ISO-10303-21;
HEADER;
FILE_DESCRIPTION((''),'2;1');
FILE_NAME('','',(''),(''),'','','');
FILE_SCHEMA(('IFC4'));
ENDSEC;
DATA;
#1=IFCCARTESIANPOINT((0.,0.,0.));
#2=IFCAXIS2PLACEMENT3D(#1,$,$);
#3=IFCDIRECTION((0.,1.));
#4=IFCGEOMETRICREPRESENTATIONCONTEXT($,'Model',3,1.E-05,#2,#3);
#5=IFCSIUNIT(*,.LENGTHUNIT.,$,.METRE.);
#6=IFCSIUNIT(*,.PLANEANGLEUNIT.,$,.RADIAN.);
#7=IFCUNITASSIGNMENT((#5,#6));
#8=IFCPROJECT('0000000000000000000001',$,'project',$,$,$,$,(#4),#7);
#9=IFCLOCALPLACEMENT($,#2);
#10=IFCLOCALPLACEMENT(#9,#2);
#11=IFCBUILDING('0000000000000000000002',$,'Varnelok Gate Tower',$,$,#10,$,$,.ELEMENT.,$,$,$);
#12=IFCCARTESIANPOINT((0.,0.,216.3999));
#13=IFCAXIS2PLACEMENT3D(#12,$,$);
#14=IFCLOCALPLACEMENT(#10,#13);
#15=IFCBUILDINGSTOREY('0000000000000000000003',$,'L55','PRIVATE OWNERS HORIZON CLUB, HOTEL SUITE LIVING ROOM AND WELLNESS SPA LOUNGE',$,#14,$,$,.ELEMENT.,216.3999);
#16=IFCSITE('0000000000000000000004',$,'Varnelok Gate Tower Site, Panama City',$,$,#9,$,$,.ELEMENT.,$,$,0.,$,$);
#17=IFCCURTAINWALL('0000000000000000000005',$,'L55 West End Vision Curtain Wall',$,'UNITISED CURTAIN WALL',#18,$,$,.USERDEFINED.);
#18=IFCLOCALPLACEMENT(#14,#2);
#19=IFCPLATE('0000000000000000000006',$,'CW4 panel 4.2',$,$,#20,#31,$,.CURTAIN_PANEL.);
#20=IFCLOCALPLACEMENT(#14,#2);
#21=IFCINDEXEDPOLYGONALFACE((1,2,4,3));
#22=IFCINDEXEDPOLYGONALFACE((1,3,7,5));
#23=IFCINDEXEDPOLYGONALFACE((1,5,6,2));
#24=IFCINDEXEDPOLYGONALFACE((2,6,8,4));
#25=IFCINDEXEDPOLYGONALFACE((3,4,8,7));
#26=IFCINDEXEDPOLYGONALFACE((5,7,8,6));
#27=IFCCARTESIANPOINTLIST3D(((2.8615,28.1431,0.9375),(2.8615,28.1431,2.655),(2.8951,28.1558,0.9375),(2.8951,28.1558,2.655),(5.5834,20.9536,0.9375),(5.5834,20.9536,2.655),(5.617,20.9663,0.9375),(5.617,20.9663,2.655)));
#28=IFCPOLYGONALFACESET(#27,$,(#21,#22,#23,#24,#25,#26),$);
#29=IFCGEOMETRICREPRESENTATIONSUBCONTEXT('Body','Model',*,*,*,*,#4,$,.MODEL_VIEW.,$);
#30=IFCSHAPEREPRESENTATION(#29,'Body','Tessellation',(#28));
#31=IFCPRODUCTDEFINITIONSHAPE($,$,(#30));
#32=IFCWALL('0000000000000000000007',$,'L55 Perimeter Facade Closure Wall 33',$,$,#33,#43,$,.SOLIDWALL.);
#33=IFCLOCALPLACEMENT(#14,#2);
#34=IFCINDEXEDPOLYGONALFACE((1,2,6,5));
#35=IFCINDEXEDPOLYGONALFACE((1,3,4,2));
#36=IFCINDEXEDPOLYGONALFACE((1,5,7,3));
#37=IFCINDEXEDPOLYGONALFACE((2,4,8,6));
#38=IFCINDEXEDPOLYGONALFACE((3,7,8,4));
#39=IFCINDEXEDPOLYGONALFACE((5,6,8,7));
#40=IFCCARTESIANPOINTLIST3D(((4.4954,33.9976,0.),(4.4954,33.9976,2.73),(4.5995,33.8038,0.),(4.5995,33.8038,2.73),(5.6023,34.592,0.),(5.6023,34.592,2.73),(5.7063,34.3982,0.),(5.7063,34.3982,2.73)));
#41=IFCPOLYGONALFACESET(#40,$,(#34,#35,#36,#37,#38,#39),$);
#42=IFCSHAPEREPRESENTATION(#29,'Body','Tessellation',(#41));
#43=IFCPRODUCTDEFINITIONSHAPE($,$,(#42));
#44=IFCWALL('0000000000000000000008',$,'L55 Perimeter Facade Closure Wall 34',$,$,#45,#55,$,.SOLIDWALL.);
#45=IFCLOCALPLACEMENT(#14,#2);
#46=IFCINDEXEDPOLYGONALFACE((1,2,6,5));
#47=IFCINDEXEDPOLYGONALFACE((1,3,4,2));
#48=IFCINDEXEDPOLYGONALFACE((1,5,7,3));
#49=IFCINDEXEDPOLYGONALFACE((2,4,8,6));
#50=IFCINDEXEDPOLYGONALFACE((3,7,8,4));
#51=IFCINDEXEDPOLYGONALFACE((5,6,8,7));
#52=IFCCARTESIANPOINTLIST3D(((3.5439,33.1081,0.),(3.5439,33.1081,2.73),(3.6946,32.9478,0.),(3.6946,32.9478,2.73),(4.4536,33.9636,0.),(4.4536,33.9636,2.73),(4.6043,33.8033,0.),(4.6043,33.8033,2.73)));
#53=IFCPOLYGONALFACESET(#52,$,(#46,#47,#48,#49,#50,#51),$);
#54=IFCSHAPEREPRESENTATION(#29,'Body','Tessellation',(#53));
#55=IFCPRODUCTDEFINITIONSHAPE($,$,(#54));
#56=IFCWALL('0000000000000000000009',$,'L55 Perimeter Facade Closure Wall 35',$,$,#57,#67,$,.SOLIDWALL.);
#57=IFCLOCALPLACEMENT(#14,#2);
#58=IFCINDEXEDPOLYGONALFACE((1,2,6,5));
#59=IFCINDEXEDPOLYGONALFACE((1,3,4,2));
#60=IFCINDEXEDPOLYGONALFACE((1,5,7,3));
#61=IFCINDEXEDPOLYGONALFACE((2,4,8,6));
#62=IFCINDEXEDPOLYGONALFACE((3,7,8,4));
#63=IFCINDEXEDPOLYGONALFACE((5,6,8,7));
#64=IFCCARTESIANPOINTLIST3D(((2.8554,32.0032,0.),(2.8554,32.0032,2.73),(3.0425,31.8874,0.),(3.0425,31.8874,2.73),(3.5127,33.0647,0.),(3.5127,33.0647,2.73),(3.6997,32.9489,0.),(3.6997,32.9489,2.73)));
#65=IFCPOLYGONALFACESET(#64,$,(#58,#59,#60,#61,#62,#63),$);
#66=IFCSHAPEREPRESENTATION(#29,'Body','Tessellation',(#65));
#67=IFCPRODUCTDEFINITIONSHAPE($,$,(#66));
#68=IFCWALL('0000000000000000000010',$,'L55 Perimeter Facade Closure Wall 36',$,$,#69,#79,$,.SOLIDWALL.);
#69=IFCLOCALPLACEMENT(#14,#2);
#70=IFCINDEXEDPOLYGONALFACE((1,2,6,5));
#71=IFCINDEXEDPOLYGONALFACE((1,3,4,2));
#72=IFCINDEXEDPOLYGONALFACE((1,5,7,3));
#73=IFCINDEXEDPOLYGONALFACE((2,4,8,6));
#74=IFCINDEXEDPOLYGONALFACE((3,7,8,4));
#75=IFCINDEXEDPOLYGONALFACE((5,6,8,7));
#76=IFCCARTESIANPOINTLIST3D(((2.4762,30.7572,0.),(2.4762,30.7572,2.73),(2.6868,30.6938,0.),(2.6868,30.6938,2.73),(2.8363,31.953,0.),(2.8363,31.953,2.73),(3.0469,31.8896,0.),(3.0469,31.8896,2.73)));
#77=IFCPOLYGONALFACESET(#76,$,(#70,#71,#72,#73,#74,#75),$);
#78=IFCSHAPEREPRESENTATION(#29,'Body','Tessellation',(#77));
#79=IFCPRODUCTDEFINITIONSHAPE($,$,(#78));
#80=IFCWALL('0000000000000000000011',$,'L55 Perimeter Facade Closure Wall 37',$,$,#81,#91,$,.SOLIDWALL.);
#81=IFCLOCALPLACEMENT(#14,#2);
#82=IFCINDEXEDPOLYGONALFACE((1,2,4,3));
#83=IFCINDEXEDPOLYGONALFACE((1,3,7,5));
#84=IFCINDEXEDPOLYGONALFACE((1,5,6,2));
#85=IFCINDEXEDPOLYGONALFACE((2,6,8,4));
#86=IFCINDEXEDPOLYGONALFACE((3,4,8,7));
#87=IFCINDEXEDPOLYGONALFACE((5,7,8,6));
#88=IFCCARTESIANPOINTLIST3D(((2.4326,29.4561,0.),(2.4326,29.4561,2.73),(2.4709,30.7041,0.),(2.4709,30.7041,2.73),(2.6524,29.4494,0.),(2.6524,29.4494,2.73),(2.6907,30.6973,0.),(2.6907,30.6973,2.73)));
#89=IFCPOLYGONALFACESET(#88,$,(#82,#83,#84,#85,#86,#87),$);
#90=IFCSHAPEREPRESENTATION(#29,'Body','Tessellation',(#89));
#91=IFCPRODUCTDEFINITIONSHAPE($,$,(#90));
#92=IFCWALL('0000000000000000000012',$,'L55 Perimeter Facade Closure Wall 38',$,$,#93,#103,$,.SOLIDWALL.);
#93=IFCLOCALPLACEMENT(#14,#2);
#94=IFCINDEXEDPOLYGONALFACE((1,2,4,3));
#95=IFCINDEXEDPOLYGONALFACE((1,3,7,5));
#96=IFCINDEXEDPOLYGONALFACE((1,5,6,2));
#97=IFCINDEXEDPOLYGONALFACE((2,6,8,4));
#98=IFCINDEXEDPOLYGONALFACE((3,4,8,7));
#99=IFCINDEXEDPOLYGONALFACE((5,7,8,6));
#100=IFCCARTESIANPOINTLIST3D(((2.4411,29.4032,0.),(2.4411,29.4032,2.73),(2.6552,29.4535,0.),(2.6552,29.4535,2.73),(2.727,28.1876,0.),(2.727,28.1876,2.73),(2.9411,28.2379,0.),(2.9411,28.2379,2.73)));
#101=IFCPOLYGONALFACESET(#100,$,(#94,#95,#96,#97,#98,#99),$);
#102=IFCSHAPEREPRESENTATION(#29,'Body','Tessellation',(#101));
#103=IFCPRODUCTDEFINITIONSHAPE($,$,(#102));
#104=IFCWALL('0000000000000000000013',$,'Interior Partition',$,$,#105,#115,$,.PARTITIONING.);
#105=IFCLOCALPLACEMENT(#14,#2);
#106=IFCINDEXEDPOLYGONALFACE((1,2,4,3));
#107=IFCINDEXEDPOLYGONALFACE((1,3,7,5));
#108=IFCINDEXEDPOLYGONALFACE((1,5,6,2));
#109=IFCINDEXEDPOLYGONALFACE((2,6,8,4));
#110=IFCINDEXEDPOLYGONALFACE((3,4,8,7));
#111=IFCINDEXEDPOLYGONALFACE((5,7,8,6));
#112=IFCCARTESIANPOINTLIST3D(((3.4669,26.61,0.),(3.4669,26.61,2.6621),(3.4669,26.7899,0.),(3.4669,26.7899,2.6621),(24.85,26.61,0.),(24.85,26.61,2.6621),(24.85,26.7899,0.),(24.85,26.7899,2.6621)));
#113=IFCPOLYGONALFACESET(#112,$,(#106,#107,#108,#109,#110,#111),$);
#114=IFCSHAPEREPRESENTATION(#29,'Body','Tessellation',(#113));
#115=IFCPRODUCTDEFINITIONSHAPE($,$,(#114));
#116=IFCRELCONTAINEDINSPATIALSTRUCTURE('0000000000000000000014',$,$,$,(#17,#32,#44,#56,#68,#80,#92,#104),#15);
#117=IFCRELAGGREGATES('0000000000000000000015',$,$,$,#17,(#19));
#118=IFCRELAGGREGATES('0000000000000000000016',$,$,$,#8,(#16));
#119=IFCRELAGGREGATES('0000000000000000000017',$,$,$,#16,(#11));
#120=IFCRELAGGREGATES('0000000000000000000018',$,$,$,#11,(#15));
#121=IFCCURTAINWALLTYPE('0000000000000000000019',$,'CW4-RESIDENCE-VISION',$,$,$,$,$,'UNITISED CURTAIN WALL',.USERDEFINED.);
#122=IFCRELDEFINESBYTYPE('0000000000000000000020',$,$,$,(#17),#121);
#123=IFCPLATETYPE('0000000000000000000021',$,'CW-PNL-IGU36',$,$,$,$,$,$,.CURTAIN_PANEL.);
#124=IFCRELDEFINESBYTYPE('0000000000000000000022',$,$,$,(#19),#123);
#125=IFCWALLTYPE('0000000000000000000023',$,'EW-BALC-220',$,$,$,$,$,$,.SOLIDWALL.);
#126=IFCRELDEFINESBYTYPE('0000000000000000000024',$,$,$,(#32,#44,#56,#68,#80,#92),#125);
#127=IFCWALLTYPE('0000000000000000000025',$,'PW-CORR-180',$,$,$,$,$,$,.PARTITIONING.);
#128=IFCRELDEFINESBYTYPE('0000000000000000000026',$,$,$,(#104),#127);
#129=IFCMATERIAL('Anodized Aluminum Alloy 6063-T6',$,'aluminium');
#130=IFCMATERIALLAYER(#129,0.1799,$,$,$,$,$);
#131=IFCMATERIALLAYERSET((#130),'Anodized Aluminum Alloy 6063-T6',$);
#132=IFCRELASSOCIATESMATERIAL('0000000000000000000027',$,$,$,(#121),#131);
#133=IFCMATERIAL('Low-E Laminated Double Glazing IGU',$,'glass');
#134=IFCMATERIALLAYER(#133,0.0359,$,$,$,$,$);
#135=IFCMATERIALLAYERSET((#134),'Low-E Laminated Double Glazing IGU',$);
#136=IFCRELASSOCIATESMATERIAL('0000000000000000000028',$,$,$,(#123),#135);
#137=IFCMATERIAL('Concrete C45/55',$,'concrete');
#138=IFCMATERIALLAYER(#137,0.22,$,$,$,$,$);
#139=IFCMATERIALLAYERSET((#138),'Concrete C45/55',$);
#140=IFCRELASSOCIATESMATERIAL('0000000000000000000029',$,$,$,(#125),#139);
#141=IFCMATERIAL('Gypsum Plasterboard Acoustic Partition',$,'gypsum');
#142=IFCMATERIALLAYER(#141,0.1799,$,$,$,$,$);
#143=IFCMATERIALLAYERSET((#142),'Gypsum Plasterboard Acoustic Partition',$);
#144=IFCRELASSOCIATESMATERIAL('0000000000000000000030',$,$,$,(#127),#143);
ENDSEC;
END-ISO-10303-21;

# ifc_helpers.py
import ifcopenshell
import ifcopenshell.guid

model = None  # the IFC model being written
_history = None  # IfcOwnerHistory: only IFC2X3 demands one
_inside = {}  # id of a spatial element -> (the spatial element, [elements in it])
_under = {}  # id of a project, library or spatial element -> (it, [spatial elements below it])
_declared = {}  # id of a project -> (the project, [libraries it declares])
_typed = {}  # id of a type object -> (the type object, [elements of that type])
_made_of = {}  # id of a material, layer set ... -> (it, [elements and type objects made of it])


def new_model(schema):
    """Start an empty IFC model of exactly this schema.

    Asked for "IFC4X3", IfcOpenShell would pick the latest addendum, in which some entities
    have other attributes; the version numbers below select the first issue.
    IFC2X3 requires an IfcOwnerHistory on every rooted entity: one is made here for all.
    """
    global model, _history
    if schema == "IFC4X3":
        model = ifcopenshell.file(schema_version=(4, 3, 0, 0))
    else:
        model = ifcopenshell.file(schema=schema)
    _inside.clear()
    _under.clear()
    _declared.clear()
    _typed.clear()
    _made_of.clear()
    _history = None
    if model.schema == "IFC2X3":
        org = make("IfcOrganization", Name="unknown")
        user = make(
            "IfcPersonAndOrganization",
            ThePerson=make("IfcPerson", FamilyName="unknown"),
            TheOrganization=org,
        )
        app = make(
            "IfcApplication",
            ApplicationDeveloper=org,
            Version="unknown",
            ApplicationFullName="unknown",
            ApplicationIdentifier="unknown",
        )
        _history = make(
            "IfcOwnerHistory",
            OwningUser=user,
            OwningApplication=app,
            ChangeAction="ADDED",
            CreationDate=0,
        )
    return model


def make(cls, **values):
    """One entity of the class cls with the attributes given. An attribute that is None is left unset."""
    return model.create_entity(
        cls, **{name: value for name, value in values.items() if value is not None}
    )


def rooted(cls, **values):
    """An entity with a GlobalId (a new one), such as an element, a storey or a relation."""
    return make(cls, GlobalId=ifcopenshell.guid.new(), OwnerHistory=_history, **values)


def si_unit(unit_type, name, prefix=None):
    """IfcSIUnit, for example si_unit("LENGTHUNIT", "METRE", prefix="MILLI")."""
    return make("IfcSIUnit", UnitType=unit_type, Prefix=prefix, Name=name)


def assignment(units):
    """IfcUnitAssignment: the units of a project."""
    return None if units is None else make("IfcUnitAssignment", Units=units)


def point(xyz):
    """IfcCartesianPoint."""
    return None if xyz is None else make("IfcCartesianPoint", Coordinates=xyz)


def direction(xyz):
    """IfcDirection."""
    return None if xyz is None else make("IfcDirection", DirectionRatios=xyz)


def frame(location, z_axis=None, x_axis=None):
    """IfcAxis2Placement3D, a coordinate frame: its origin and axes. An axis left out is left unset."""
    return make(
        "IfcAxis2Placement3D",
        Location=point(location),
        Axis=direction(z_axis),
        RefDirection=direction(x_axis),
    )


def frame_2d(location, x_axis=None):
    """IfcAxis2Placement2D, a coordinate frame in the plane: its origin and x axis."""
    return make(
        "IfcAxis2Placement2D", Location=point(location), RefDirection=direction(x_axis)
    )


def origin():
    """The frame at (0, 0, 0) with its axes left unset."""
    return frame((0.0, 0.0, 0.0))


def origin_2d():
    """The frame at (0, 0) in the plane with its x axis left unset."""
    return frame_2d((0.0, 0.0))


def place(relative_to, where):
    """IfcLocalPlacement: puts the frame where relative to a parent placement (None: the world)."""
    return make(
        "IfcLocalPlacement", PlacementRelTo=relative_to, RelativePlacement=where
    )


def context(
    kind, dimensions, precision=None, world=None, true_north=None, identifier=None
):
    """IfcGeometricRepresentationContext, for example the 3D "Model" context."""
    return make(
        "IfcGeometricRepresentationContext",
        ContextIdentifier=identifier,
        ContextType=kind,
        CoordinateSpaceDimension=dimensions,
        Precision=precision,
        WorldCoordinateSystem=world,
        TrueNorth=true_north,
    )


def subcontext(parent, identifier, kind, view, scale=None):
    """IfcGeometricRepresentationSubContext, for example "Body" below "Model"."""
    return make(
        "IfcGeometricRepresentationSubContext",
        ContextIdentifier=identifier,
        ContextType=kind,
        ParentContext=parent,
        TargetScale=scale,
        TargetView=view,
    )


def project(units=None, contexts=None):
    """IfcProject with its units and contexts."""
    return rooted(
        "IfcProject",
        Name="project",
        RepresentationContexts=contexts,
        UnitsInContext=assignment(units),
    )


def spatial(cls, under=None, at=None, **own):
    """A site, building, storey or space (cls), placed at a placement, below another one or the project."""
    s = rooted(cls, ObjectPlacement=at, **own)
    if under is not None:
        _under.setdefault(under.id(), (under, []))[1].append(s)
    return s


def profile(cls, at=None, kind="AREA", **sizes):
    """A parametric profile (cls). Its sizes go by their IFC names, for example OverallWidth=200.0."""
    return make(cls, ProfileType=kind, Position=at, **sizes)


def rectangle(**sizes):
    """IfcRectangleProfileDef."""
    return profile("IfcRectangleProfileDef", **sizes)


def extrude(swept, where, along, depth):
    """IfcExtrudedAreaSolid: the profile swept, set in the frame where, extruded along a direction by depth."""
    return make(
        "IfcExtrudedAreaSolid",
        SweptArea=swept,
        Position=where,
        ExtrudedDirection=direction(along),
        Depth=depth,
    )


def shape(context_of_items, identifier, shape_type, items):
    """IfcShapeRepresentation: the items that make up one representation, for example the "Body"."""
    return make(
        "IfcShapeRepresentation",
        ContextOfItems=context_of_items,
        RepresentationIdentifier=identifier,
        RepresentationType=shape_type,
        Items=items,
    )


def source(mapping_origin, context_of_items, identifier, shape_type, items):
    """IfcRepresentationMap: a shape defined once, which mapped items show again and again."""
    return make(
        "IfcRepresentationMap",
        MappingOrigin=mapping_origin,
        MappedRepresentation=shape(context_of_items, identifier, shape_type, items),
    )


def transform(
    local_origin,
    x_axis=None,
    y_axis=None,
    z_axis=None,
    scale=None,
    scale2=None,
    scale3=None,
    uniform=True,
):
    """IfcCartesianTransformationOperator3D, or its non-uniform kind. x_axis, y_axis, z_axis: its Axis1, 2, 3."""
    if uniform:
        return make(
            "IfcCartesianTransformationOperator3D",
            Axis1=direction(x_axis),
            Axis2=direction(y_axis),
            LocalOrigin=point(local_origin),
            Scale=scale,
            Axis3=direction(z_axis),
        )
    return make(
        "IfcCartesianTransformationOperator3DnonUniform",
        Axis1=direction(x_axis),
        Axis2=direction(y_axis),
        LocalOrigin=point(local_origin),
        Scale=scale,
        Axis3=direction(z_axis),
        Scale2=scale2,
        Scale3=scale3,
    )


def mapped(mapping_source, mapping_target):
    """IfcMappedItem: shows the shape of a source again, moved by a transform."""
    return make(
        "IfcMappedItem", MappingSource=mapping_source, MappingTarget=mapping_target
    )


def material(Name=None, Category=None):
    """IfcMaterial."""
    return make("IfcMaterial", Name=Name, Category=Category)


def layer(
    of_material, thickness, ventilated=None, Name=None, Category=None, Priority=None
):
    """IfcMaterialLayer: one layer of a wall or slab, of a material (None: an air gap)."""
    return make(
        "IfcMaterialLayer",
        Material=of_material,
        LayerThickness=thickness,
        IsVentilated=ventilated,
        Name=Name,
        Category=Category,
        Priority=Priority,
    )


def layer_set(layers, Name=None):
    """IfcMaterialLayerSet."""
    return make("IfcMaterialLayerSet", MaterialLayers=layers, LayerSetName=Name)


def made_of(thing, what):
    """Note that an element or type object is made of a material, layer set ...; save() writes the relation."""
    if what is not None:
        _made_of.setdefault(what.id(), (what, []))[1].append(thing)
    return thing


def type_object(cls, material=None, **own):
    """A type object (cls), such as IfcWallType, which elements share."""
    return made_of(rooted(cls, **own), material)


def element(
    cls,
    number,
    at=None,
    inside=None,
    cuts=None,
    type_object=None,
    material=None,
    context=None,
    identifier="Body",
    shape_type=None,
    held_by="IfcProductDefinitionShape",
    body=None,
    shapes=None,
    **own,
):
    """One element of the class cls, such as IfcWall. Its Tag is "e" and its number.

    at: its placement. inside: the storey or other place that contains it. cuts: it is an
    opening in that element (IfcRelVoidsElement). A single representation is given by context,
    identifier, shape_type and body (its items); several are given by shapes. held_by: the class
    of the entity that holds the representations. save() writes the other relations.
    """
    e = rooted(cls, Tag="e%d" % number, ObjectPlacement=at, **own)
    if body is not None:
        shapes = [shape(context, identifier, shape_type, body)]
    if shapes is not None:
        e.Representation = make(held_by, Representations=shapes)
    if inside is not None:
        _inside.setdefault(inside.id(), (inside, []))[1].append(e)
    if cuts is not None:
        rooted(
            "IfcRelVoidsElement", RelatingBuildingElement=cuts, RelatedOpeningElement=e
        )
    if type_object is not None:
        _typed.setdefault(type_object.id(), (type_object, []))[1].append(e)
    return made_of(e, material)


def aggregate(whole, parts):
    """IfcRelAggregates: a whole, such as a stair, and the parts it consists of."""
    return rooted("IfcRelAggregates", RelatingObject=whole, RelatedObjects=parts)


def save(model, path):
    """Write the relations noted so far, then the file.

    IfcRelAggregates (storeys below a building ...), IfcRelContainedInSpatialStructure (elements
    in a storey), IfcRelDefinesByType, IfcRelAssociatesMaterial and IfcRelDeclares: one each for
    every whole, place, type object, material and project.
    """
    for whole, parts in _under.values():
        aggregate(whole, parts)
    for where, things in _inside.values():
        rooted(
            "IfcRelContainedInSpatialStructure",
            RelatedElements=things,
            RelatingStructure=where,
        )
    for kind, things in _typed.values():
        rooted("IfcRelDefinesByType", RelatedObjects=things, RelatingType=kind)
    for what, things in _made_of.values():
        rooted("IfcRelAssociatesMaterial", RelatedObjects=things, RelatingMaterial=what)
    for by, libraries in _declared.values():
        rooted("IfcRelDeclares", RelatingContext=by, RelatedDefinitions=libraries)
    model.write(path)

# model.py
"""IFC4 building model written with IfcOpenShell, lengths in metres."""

from ifc_helpers import new_model, si_unit, direction, frame, frame_2d, origin, origin_2d, place, context, subcontext, project, spatial, rectangle, extrude, source, transform, mapped, material, layer, layer_set, type_object, element, aggregate, save


model = new_model("IFC4")

# Units and contexts
model_context = context("Model", 3, precision=1e-05, world=origin(), true_north=direction((0.0, 1.0)))
body_context = subcontext(model_context, "Body", "Model", "MODEL_VIEW")
ifc_project = project(units=[si_unit("LENGTHUNIT", "METRE"), si_unit("PLANEANGLEUNIT", "RADIAN")], contexts=[model_context])

# Site, building, storey
site_placement = place(None, origin())
site = spatial("IfcSite", under=ifc_project, at=site_placement, Name="Varnelok Gate Tower Site, Panama City", CompositionType="ELEMENT", RefElevation=0.0)
building_placement = place(site_placement, origin())
building = spatial("IfcBuilding", under=site, at=building_placement, Name="Varnelok Gate Tower", CompositionType="ELEMENT")
storey_placement = place(building_placement, frame((0.0, 0.0, 216.3999)))
storey = spatial("IfcBuildingStorey", under=building, at=storey_placement, Name="L55", Description="PRIVATE OWNERS HORIZON CLUB, HOTEL SUITE LIVING ROOM AND WELLNESS SPA LOUNGE", CompositionType="ELEMENT", Elevation=216.3999)

# Curtain wall, plate
ifc_material_1 = material(Name="Anodized Aluminum Alloy 6063-T6", Category="aluminium")
ifc_layer_1 = layer(ifc_material_1, 0.1799)
ifc_layer_set_1 = layer_set([ifc_layer_1], Name="Anodized Aluminum Alloy 6063-T6")
curtain_wall_type = type_object("IfcCurtainWallType", Name="CW4-RESIDENCE-VISION", ElementType="UNITISED CURTAIN WALL", PredefinedType="USERDEFINED", material=ifc_layer_set_1)
curtain_wall_placement = place(storey_placement, origin())
curtain_wall = element("IfcCurtainWall", 1, at=curtain_wall_placement, inside=storey, type_object=curtain_wall_type, Name="L55 West End Vision Curtain Wall", ObjectType="UNITISED CURTAIN WALL", PredefinedType="USERDEFINED")
ifc_material_2 = material(Name="Low-E Laminated Double Glazing IGU", Category="glass")
ifc_layer_2 = layer(ifc_material_2, 0.0359)
ifc_layer_set_2 = layer_set([ifc_layer_2], Name="Low-E Laminated Double Glazing IGU")
plate_type = type_object("IfcPlateType", Name="CW-PNL-IGU36", PredefinedType="CURTAIN_PANEL", material=ifc_layer_set_2)
shared_shape_1 = source(origin(), body_context, "Body", "SweptSolid", [
    extrude(rectangle(XDim=7.6875, YDim=0.0359, at=origin_2d()), origin(), (0.0, 0.0, 1.0), 1.7175),
])
plate_1_placement = place(storey_placement, frame((4.2393, 24.5547, 0.9375), z_axis=(0.0, 0.0, 1.0), x_axis=(-0.354063, 0.935222, 0.0)))
plate_1 = element("IfcPlate", 2, at=plate_1_placement, type_object=plate_type, Name="CW4 panel 4.2", PredefinedType="CURTAIN_PANEL", context=body_context, shape_type="MappedRepresentation", body=[
    mapped(shared_shape_1, transform((0.0, 0.0, 0.0), scale=1.0)),
])
aggregate(curtain_wall, [plate_1])

# Walls
ifc_material_3 = material(Name="Concrete C45/55", Category="concrete")
ifc_layer_3 = layer(ifc_material_3, 0.22)
ifc_layer_set_3 = layer_set([ifc_layer_3], Name="Concrete C45/55")
wall_type_1 = type_object("IfcWallType", Name="EW-BALC-220", PredefinedType="SOLIDWALL", material=ifc_layer_set_3)
wall_1_placement = place(storey_placement, frame((5.6543, 34.4951, 0.0), z_axis=(0.0, 0.0, 1.0), x_axis=(-0.880988, -0.473138, 0.0)))
element("IfcWall", 3, at=wall_1_placement, inside=storey, type_object=wall_type_1, Name="L55 Perimeter Facade Closure Wall 33", PredefinedType="SOLIDWALL", context=body_context, shape_type="SweptSolid", body=[
    extrude(rectangle(XDim=1.2563, YDim=0.22, at=frame_2d((0.6282, 0.0))), origin(), (0.0, 0.0, 1.0), 2.73),
])
wall_2_placement = place(storey_placement, frame((4.5291, 33.8835, 0.0), z_axis=(0.0, 0.0, 1.0), x_axis=(-0.728475, -0.685072, 0.0)))
element("IfcWall", 4, at=wall_2_placement, inside=storey, type_object=wall_type_1, Name="L55 Perimeter Facade Closure Wall 34", PredefinedType="SOLIDWALL", context=body_context, shape_type="SweptSolid", body=[
    extrude(rectangle(XDim=1.2488, YDim=0.22, at=frame_2d((0.6245, 0.0))), origin(), (0.0, 0.0, 1.0), 2.73),
])
wall_3_placement = place(storey_placement, frame((3.6062, 33.0068, 0.0), z_axis=(0.0, 0.0, 1.0), x_axis=(-0.526408, -0.850232, 0.0)))
element("IfcWall", 5, at=wall_3_placement, inside=storey, type_object=wall_type_1, Name="L55 Perimeter Facade Closure Wall 35", PredefinedType="SOLIDWALL", context=body_context, shape_type="SweptSolid", body=[
    extrude(rectangle(XDim=1.2485, YDim=0.22, at=frame_2d((0.6243, 0.0))), origin(), (0.0, 0.0, 1.0), 2.73),
])
wall_4_placement = place(storey_placement, frame((2.9417, 31.9214, 0.0), z_axis=(0.0, 0.0, 1.0), x_axis=(-0.288352, -0.957524, 0.0)))
element("IfcWall", 6, at=wall_4_placement, inside=storey, type_object=wall_type_1, Name="L55 Perimeter Facade Closure Wall 36", PredefinedType="SOLIDWALL", context=body_context, shape_type="SweptSolid", body=[
    extrude(rectangle(XDim=1.2488, YDim=0.22, at=frame_2d((0.6245, 0.0))), origin(), (0.0, 0.0, 1.0), 2.73),
])
wall_5_placement = place(storey_placement, frame((2.5808, 30.7007, 0.0), z_axis=(0.0, 0.0, 1.0), x_axis=(-0.030698, -0.999529, 0.0)))
element("IfcWall", 7, at=wall_5_placement, inside=storey, type_object=wall_type_1, Name="L55 Perimeter Facade Closure Wall 37", PredefinedType="SOLIDWALL", context=body_context, shape_type="SweptSolid", body=[
    extrude(rectangle(XDim=1.2485, YDim=0.22, at=frame_2d((0.6243, 0.0))), origin(), (0.0, 0.0, 1.0), 2.73),
])
wall_6_placement = place(storey_placement, frame((2.5481, 29.4285, 0.0), z_axis=(0.0, 0.0, 1.0), x_axis=(0.228941, -0.97344, 0.0)))
element("IfcWall", 8, at=wall_6_placement, inside=storey, type_object=wall_type_1, Name="L55 Perimeter Facade Closure Wall 38", PredefinedType="SOLIDWALL", context=body_context, shape_type="SweptSolid", body=[
    extrude(rectangle(XDim=1.2488, YDim=0.22, at=frame_2d((0.6245, 0.0))), origin(), (0.0, 0.0, 1.0), 2.73),
])
ifc_material_4 = material(Name="Gypsum Plasterboard Acoustic Partition", Category="gypsum")
ifc_layer_4 = layer(ifc_material_4, 0.1799)
ifc_layer_set_4 = layer_set([ifc_layer_4], Name="Gypsum Plasterboard Acoustic Partition")
wall_type_2 = type_object("IfcWallType", Name="PW-CORR-180", PredefinedType="PARTITIONING", material=ifc_layer_set_4)
wall_7_placement = place(storey_placement, frame((3.467, 26.7, 0.0), z_axis=(0.0, 0.0, 1.0), x_axis=(1.0, 0.0, 0.0)))
element("IfcWall", 9, at=wall_7_placement, inside=storey, type_object=wall_type_2, Name="Interior Partition", PredefinedType="PARTITIONING", context=body_context, shape_type="SweptSolid", body=[
    extrude(rectangle(XDim=21.3831, YDim=0.1799, at=frame_2d((10.6914, 0.0))), origin(), (0.0, 0.0, 1.0), 2.6621),
])

save(model, "model.ifc")
